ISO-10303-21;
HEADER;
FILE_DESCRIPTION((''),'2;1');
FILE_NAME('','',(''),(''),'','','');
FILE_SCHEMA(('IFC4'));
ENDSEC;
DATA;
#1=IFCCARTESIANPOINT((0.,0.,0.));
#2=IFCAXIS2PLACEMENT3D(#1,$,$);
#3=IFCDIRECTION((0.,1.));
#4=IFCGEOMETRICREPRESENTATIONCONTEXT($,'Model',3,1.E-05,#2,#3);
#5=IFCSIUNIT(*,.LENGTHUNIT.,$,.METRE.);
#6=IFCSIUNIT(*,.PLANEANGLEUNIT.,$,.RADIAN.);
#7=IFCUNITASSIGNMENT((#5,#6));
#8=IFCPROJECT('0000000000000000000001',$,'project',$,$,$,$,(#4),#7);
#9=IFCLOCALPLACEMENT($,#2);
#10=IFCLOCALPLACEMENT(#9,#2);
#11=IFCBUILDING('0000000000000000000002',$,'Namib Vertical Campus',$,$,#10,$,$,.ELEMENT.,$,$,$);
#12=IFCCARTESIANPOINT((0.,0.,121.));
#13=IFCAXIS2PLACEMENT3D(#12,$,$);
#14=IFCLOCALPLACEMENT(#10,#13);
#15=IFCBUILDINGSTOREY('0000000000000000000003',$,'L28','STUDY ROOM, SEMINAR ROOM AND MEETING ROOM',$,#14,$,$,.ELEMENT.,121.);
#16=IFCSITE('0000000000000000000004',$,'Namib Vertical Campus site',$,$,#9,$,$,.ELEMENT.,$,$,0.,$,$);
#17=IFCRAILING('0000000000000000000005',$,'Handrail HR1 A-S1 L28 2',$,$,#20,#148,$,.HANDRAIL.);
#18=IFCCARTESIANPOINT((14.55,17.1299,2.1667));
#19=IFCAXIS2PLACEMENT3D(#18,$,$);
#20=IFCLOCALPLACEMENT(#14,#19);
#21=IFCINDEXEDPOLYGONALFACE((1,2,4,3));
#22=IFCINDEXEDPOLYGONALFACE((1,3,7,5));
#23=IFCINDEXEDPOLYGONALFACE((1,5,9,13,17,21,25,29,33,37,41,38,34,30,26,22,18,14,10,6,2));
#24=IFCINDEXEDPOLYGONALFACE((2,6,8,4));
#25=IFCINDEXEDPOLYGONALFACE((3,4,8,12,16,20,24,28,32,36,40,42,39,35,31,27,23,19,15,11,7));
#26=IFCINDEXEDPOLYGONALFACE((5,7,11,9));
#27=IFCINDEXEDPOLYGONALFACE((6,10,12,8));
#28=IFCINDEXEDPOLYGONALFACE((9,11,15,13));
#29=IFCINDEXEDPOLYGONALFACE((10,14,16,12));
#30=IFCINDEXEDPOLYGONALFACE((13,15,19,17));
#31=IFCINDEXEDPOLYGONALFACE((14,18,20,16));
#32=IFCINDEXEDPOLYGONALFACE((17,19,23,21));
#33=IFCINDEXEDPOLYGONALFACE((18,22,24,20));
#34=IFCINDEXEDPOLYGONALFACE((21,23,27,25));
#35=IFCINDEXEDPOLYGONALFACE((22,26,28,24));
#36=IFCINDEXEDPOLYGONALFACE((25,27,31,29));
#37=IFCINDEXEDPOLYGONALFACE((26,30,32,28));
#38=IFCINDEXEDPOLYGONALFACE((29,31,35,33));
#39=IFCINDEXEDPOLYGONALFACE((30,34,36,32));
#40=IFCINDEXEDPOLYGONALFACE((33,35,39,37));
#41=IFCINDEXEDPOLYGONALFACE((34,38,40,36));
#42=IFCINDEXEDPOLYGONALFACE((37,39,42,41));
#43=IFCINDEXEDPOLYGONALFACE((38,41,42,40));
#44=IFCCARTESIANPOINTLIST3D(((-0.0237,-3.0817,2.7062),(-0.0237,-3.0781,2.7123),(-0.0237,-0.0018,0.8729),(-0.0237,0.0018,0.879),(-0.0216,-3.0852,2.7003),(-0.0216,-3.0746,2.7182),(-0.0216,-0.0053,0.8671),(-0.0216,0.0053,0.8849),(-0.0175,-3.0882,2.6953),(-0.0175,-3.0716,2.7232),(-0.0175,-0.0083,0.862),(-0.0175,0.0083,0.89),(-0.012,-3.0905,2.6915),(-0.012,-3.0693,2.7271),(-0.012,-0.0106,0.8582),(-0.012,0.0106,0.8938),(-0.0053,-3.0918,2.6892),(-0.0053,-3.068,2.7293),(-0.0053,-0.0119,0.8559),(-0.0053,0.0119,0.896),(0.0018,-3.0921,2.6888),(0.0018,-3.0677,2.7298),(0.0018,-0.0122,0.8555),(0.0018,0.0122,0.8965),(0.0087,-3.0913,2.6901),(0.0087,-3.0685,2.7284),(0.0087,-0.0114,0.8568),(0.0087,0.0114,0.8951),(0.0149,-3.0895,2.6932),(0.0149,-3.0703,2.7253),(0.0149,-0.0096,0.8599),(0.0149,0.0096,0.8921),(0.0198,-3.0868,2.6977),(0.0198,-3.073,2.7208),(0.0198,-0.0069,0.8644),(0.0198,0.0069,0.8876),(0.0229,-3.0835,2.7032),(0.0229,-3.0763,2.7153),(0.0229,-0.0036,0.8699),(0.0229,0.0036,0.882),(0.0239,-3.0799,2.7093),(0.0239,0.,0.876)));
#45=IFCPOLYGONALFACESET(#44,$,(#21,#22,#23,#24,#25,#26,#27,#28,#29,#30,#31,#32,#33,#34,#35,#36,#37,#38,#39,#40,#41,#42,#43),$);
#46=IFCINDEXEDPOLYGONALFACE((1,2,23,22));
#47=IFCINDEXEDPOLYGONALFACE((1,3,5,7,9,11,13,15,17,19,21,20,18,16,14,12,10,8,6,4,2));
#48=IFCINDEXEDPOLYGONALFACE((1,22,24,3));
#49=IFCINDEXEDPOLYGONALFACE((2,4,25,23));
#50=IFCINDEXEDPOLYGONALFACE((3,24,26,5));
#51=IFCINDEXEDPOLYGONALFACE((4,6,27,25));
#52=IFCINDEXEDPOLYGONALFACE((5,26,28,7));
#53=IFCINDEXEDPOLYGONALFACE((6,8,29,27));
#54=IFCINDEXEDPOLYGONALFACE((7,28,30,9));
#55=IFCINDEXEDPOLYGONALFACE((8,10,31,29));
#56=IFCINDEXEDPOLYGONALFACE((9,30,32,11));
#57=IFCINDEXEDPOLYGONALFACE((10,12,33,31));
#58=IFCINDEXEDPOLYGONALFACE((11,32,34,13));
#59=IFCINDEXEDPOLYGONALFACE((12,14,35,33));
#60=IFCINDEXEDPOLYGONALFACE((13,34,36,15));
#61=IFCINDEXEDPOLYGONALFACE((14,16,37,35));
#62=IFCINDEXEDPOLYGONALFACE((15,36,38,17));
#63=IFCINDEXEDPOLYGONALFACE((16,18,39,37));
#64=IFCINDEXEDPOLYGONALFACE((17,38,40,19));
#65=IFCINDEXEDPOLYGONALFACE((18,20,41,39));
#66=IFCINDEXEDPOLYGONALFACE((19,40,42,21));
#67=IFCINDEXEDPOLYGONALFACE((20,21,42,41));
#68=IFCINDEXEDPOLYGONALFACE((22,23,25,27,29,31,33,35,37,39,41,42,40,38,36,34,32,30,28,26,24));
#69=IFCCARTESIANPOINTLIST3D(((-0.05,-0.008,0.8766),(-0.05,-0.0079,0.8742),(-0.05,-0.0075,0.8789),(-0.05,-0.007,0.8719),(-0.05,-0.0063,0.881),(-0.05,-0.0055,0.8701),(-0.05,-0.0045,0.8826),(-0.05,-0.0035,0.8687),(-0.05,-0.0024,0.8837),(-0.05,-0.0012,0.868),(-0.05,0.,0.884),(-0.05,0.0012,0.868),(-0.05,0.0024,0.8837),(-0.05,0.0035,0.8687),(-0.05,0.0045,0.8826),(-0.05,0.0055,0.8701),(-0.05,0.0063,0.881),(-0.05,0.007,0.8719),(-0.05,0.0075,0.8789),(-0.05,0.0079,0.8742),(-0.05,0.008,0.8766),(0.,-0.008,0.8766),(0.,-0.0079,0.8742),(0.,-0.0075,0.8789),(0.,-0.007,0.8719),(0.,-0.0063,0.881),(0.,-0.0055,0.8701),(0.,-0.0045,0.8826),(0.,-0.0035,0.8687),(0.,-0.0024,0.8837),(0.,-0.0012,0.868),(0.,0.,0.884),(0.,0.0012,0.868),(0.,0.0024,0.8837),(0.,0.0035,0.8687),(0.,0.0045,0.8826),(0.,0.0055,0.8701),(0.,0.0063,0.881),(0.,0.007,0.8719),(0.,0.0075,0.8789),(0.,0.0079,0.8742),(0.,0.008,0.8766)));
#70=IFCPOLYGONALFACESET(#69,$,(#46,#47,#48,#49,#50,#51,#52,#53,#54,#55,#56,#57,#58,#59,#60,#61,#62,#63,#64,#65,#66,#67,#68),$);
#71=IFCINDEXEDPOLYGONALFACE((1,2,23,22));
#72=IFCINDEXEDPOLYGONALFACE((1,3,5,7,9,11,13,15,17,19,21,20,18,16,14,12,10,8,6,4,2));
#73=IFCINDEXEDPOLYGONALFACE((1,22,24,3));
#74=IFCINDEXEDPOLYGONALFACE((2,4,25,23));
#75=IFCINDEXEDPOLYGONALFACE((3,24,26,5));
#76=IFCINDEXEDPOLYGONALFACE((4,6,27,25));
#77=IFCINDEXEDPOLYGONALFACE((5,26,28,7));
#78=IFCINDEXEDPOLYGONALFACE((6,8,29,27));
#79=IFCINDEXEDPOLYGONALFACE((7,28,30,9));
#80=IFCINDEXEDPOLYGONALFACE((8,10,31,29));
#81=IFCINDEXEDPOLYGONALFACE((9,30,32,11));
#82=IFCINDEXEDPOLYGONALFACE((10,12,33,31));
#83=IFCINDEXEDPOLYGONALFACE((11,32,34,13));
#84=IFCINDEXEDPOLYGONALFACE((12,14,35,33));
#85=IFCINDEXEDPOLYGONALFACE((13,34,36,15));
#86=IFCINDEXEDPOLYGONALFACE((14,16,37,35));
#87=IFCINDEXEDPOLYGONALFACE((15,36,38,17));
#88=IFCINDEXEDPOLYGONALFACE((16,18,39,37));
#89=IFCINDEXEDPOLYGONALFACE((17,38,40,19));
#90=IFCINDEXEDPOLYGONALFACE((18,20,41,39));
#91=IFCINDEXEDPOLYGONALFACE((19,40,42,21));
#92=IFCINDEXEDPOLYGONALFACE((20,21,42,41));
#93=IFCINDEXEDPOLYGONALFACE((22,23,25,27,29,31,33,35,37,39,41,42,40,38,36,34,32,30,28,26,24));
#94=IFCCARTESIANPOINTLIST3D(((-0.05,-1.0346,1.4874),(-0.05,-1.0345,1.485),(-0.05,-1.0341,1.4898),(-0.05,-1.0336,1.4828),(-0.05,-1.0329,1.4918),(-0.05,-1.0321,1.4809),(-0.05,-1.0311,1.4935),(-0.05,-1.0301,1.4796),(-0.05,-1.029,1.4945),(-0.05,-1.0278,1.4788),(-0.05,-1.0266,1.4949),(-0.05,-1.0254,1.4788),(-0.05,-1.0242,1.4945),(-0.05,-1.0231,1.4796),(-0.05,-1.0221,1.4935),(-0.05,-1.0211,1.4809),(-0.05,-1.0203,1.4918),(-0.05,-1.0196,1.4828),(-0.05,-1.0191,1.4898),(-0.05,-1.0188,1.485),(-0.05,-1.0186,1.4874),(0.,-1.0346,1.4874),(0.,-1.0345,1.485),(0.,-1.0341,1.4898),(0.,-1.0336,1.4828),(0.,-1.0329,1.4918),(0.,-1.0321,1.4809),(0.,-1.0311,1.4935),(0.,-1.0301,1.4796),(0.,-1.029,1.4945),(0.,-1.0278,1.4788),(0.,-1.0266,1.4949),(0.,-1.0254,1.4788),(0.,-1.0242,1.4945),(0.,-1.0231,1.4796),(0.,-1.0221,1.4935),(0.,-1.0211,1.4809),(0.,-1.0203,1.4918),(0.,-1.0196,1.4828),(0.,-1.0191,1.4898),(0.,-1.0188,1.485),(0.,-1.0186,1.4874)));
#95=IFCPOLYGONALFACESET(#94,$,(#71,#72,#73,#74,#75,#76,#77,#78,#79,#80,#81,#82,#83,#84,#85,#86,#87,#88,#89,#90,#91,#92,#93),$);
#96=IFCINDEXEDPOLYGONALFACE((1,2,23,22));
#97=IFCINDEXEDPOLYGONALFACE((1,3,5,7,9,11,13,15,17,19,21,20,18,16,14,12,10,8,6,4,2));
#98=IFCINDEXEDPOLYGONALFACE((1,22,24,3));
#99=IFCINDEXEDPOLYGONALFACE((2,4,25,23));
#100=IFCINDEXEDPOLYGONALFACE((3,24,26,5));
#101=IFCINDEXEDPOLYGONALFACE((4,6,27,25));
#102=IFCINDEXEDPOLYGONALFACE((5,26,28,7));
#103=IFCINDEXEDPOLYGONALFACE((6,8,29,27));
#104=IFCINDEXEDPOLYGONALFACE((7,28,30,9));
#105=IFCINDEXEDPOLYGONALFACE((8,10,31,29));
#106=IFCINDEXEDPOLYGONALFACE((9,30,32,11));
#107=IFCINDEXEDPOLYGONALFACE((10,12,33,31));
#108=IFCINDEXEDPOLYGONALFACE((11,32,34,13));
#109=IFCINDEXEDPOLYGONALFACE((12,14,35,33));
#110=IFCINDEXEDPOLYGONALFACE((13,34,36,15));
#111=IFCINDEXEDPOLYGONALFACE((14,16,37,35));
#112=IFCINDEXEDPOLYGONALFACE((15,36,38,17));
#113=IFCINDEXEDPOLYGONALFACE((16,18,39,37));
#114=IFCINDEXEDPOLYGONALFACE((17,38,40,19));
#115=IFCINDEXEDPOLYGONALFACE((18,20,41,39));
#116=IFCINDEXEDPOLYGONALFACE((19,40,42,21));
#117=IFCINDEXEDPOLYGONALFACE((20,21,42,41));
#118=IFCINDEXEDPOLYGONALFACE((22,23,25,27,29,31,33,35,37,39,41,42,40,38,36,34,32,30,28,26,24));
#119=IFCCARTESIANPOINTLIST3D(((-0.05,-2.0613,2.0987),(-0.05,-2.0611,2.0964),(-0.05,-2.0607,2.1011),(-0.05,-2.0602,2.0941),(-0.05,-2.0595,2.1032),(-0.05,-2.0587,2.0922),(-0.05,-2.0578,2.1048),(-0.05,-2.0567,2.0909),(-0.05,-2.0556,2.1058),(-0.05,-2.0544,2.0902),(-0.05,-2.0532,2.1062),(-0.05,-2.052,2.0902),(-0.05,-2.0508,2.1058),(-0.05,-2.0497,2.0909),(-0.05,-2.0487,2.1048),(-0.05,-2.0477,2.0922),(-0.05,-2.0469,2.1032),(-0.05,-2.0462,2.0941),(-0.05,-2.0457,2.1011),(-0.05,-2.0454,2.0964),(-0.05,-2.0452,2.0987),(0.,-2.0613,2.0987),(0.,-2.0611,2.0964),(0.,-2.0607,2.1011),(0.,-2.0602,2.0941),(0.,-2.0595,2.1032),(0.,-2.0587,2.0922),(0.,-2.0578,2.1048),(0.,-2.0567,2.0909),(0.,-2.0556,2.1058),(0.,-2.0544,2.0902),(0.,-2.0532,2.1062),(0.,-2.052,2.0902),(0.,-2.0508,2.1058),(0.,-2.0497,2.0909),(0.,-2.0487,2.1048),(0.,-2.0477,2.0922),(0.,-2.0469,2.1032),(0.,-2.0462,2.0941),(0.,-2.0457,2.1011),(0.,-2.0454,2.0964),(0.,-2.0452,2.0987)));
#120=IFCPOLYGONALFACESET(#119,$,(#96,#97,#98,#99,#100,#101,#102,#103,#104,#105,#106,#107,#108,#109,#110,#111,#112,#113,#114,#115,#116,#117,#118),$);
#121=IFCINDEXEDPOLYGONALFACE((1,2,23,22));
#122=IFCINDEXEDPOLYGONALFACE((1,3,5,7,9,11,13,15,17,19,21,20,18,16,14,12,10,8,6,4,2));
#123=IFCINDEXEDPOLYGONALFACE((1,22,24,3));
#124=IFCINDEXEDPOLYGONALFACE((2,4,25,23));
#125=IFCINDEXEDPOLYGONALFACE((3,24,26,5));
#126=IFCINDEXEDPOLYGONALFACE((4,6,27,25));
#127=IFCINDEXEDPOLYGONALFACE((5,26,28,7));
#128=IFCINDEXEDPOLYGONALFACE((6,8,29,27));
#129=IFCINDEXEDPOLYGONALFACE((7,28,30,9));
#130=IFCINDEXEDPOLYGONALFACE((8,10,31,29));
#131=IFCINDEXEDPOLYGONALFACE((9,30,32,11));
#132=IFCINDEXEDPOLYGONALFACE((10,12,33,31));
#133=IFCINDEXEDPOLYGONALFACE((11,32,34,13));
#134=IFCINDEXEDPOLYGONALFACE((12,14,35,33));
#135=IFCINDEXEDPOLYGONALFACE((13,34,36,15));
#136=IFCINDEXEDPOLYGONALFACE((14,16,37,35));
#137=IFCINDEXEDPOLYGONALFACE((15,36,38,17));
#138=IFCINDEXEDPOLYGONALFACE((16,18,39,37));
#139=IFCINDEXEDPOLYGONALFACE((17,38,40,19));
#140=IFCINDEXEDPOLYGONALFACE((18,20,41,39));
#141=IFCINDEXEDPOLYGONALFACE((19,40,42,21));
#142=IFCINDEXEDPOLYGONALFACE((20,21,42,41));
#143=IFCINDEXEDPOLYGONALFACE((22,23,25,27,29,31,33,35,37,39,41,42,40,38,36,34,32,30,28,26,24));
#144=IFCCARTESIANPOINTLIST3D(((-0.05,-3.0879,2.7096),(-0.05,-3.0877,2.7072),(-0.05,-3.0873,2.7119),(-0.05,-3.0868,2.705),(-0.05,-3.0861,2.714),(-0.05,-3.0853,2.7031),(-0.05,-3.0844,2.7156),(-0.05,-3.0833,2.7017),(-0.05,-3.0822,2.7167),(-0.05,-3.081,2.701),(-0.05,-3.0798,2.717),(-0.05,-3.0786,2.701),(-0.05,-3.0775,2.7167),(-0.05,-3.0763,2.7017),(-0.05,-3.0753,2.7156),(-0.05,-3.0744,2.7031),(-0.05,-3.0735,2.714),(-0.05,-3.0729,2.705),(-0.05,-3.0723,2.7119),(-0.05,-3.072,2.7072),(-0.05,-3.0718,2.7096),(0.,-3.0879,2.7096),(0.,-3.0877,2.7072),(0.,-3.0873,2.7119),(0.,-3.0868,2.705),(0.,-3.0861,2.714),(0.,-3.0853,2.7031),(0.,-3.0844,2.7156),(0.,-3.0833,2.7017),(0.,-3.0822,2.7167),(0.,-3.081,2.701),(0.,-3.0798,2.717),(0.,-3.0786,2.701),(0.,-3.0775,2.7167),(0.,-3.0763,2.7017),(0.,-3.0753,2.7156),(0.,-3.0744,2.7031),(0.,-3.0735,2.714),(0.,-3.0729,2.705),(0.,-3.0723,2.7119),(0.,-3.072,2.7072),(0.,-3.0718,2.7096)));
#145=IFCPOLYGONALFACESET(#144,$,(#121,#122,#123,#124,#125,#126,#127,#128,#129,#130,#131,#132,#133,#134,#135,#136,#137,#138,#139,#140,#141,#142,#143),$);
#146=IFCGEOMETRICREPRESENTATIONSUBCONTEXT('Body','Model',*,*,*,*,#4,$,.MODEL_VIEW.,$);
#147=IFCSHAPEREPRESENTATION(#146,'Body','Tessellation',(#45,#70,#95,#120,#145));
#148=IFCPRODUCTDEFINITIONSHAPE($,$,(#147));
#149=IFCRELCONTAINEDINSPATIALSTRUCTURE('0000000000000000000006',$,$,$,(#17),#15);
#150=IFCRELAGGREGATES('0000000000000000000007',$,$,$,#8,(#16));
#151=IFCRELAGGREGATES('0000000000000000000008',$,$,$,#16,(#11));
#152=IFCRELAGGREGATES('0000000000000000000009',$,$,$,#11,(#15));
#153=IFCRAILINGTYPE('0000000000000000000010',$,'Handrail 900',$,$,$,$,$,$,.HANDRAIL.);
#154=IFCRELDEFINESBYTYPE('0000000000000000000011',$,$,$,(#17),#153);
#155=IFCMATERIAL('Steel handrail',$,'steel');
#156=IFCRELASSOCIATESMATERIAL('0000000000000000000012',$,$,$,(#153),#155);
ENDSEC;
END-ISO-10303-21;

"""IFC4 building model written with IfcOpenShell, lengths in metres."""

from ifc_helpers import new_model, si_unit, direction, frame, origin, origin_2d, place, context, subcontext, project, spatial, circle, extrude, material, type_object, element, save


model = new_model("IFC4")

# Units and contexts
model_context = context("Model", 3, precision=1e-05, world=origin(), true_north=direction((0.0, 1.0)))
body_context = subcontext(model_context, "Body", "Model", "MODEL_VIEW")
ifc_project = project(units=[si_unit("LENGTHUNIT", "METRE"), si_unit("PLANEANGLEUNIT", "RADIAN")], contexts=[model_context])

# Site, building, storey
site_placement = place(None, origin())
site = spatial("IfcSite", under=ifc_project, at=site_placement, Name="Namib Vertical Campus site", CompositionType="ELEMENT", RefElevation=0.0)
building_placement = place(site_placement, origin())
building = spatial("IfcBuilding", under=site, at=building_placement, Name="Namib Vertical Campus", CompositionType="ELEMENT")
storey_placement = place(building_placement, frame((0.0, 0.0, 121.0)))
storey = spatial("IfcBuildingStorey", under=building, at=storey_placement, Name="L28", Description="STUDY ROOM, SEMINAR ROOM AND MEETING ROOM", CompositionType="ELEMENT", Elevation=121.0)

# Railing
ifc_material_1 = material(Name="Steel handrail", Category="steel")
railing_type_1 = type_object("IfcRailingType", Name="Handrail 900", PredefinedType="HANDRAIL", material=ifc_material_1)
railing_1_placement = place(storey_placement, frame((14.55, 17.1299, 2.1667)))
element("IfcRailing", 1, at=railing_1_placement, inside=storey, type_object=railing_type_1, Name="Handrail HR1 A-S1 L28 2", PredefinedType="HANDRAIL", context=body_context, shape_type="SweptSolid", body=[
    extrude(circle(Radius=0.0239, at=origin_2d()), frame((0.0, 0.0, 0.876), z_axis=(0.0, -0.859291, 0.511487), x_axis=(1.0, 0.0, 0.0)), (0.0, 0.0, 1.0), 3.5842),
    extrude(circle(Radius=0.0081, at=origin_2d()), frame((0.0, 0.0, 0.876), z_axis=(-1.0, 0.0, 0.0), x_axis=(0.0, 0.0, 1.0)), (0.0, 0.0, 1.0), 0.05),
    extrude(circle(Radius=0.0081, at=origin_2d()), frame((0.0, -1.0266, 1.4868), z_axis=(-1.0, 0.0, 0.0), x_axis=(0.0, 0.0, 1.0)), (0.0, 0.0, 1.0), 0.05),
    extrude(circle(Radius=0.0081, at=origin_2d()), frame((0.0, -2.0532, 2.0981), z_axis=(-1.0, 0.0, 0.0), x_axis=(0.0, 0.0, 1.0)), (0.0, 0.0, 1.0), 0.05),
    extrude(circle(Radius=0.0081, at=origin_2d()), frame((0.0, -3.0798, 2.709), z_axis=(-1.0, 0.0, 0.0), x_axis=(0.0, 0.0, 1.0)), (0.0, 0.0, 1.0), 0.05),
])

save(model, "model.ifc")
